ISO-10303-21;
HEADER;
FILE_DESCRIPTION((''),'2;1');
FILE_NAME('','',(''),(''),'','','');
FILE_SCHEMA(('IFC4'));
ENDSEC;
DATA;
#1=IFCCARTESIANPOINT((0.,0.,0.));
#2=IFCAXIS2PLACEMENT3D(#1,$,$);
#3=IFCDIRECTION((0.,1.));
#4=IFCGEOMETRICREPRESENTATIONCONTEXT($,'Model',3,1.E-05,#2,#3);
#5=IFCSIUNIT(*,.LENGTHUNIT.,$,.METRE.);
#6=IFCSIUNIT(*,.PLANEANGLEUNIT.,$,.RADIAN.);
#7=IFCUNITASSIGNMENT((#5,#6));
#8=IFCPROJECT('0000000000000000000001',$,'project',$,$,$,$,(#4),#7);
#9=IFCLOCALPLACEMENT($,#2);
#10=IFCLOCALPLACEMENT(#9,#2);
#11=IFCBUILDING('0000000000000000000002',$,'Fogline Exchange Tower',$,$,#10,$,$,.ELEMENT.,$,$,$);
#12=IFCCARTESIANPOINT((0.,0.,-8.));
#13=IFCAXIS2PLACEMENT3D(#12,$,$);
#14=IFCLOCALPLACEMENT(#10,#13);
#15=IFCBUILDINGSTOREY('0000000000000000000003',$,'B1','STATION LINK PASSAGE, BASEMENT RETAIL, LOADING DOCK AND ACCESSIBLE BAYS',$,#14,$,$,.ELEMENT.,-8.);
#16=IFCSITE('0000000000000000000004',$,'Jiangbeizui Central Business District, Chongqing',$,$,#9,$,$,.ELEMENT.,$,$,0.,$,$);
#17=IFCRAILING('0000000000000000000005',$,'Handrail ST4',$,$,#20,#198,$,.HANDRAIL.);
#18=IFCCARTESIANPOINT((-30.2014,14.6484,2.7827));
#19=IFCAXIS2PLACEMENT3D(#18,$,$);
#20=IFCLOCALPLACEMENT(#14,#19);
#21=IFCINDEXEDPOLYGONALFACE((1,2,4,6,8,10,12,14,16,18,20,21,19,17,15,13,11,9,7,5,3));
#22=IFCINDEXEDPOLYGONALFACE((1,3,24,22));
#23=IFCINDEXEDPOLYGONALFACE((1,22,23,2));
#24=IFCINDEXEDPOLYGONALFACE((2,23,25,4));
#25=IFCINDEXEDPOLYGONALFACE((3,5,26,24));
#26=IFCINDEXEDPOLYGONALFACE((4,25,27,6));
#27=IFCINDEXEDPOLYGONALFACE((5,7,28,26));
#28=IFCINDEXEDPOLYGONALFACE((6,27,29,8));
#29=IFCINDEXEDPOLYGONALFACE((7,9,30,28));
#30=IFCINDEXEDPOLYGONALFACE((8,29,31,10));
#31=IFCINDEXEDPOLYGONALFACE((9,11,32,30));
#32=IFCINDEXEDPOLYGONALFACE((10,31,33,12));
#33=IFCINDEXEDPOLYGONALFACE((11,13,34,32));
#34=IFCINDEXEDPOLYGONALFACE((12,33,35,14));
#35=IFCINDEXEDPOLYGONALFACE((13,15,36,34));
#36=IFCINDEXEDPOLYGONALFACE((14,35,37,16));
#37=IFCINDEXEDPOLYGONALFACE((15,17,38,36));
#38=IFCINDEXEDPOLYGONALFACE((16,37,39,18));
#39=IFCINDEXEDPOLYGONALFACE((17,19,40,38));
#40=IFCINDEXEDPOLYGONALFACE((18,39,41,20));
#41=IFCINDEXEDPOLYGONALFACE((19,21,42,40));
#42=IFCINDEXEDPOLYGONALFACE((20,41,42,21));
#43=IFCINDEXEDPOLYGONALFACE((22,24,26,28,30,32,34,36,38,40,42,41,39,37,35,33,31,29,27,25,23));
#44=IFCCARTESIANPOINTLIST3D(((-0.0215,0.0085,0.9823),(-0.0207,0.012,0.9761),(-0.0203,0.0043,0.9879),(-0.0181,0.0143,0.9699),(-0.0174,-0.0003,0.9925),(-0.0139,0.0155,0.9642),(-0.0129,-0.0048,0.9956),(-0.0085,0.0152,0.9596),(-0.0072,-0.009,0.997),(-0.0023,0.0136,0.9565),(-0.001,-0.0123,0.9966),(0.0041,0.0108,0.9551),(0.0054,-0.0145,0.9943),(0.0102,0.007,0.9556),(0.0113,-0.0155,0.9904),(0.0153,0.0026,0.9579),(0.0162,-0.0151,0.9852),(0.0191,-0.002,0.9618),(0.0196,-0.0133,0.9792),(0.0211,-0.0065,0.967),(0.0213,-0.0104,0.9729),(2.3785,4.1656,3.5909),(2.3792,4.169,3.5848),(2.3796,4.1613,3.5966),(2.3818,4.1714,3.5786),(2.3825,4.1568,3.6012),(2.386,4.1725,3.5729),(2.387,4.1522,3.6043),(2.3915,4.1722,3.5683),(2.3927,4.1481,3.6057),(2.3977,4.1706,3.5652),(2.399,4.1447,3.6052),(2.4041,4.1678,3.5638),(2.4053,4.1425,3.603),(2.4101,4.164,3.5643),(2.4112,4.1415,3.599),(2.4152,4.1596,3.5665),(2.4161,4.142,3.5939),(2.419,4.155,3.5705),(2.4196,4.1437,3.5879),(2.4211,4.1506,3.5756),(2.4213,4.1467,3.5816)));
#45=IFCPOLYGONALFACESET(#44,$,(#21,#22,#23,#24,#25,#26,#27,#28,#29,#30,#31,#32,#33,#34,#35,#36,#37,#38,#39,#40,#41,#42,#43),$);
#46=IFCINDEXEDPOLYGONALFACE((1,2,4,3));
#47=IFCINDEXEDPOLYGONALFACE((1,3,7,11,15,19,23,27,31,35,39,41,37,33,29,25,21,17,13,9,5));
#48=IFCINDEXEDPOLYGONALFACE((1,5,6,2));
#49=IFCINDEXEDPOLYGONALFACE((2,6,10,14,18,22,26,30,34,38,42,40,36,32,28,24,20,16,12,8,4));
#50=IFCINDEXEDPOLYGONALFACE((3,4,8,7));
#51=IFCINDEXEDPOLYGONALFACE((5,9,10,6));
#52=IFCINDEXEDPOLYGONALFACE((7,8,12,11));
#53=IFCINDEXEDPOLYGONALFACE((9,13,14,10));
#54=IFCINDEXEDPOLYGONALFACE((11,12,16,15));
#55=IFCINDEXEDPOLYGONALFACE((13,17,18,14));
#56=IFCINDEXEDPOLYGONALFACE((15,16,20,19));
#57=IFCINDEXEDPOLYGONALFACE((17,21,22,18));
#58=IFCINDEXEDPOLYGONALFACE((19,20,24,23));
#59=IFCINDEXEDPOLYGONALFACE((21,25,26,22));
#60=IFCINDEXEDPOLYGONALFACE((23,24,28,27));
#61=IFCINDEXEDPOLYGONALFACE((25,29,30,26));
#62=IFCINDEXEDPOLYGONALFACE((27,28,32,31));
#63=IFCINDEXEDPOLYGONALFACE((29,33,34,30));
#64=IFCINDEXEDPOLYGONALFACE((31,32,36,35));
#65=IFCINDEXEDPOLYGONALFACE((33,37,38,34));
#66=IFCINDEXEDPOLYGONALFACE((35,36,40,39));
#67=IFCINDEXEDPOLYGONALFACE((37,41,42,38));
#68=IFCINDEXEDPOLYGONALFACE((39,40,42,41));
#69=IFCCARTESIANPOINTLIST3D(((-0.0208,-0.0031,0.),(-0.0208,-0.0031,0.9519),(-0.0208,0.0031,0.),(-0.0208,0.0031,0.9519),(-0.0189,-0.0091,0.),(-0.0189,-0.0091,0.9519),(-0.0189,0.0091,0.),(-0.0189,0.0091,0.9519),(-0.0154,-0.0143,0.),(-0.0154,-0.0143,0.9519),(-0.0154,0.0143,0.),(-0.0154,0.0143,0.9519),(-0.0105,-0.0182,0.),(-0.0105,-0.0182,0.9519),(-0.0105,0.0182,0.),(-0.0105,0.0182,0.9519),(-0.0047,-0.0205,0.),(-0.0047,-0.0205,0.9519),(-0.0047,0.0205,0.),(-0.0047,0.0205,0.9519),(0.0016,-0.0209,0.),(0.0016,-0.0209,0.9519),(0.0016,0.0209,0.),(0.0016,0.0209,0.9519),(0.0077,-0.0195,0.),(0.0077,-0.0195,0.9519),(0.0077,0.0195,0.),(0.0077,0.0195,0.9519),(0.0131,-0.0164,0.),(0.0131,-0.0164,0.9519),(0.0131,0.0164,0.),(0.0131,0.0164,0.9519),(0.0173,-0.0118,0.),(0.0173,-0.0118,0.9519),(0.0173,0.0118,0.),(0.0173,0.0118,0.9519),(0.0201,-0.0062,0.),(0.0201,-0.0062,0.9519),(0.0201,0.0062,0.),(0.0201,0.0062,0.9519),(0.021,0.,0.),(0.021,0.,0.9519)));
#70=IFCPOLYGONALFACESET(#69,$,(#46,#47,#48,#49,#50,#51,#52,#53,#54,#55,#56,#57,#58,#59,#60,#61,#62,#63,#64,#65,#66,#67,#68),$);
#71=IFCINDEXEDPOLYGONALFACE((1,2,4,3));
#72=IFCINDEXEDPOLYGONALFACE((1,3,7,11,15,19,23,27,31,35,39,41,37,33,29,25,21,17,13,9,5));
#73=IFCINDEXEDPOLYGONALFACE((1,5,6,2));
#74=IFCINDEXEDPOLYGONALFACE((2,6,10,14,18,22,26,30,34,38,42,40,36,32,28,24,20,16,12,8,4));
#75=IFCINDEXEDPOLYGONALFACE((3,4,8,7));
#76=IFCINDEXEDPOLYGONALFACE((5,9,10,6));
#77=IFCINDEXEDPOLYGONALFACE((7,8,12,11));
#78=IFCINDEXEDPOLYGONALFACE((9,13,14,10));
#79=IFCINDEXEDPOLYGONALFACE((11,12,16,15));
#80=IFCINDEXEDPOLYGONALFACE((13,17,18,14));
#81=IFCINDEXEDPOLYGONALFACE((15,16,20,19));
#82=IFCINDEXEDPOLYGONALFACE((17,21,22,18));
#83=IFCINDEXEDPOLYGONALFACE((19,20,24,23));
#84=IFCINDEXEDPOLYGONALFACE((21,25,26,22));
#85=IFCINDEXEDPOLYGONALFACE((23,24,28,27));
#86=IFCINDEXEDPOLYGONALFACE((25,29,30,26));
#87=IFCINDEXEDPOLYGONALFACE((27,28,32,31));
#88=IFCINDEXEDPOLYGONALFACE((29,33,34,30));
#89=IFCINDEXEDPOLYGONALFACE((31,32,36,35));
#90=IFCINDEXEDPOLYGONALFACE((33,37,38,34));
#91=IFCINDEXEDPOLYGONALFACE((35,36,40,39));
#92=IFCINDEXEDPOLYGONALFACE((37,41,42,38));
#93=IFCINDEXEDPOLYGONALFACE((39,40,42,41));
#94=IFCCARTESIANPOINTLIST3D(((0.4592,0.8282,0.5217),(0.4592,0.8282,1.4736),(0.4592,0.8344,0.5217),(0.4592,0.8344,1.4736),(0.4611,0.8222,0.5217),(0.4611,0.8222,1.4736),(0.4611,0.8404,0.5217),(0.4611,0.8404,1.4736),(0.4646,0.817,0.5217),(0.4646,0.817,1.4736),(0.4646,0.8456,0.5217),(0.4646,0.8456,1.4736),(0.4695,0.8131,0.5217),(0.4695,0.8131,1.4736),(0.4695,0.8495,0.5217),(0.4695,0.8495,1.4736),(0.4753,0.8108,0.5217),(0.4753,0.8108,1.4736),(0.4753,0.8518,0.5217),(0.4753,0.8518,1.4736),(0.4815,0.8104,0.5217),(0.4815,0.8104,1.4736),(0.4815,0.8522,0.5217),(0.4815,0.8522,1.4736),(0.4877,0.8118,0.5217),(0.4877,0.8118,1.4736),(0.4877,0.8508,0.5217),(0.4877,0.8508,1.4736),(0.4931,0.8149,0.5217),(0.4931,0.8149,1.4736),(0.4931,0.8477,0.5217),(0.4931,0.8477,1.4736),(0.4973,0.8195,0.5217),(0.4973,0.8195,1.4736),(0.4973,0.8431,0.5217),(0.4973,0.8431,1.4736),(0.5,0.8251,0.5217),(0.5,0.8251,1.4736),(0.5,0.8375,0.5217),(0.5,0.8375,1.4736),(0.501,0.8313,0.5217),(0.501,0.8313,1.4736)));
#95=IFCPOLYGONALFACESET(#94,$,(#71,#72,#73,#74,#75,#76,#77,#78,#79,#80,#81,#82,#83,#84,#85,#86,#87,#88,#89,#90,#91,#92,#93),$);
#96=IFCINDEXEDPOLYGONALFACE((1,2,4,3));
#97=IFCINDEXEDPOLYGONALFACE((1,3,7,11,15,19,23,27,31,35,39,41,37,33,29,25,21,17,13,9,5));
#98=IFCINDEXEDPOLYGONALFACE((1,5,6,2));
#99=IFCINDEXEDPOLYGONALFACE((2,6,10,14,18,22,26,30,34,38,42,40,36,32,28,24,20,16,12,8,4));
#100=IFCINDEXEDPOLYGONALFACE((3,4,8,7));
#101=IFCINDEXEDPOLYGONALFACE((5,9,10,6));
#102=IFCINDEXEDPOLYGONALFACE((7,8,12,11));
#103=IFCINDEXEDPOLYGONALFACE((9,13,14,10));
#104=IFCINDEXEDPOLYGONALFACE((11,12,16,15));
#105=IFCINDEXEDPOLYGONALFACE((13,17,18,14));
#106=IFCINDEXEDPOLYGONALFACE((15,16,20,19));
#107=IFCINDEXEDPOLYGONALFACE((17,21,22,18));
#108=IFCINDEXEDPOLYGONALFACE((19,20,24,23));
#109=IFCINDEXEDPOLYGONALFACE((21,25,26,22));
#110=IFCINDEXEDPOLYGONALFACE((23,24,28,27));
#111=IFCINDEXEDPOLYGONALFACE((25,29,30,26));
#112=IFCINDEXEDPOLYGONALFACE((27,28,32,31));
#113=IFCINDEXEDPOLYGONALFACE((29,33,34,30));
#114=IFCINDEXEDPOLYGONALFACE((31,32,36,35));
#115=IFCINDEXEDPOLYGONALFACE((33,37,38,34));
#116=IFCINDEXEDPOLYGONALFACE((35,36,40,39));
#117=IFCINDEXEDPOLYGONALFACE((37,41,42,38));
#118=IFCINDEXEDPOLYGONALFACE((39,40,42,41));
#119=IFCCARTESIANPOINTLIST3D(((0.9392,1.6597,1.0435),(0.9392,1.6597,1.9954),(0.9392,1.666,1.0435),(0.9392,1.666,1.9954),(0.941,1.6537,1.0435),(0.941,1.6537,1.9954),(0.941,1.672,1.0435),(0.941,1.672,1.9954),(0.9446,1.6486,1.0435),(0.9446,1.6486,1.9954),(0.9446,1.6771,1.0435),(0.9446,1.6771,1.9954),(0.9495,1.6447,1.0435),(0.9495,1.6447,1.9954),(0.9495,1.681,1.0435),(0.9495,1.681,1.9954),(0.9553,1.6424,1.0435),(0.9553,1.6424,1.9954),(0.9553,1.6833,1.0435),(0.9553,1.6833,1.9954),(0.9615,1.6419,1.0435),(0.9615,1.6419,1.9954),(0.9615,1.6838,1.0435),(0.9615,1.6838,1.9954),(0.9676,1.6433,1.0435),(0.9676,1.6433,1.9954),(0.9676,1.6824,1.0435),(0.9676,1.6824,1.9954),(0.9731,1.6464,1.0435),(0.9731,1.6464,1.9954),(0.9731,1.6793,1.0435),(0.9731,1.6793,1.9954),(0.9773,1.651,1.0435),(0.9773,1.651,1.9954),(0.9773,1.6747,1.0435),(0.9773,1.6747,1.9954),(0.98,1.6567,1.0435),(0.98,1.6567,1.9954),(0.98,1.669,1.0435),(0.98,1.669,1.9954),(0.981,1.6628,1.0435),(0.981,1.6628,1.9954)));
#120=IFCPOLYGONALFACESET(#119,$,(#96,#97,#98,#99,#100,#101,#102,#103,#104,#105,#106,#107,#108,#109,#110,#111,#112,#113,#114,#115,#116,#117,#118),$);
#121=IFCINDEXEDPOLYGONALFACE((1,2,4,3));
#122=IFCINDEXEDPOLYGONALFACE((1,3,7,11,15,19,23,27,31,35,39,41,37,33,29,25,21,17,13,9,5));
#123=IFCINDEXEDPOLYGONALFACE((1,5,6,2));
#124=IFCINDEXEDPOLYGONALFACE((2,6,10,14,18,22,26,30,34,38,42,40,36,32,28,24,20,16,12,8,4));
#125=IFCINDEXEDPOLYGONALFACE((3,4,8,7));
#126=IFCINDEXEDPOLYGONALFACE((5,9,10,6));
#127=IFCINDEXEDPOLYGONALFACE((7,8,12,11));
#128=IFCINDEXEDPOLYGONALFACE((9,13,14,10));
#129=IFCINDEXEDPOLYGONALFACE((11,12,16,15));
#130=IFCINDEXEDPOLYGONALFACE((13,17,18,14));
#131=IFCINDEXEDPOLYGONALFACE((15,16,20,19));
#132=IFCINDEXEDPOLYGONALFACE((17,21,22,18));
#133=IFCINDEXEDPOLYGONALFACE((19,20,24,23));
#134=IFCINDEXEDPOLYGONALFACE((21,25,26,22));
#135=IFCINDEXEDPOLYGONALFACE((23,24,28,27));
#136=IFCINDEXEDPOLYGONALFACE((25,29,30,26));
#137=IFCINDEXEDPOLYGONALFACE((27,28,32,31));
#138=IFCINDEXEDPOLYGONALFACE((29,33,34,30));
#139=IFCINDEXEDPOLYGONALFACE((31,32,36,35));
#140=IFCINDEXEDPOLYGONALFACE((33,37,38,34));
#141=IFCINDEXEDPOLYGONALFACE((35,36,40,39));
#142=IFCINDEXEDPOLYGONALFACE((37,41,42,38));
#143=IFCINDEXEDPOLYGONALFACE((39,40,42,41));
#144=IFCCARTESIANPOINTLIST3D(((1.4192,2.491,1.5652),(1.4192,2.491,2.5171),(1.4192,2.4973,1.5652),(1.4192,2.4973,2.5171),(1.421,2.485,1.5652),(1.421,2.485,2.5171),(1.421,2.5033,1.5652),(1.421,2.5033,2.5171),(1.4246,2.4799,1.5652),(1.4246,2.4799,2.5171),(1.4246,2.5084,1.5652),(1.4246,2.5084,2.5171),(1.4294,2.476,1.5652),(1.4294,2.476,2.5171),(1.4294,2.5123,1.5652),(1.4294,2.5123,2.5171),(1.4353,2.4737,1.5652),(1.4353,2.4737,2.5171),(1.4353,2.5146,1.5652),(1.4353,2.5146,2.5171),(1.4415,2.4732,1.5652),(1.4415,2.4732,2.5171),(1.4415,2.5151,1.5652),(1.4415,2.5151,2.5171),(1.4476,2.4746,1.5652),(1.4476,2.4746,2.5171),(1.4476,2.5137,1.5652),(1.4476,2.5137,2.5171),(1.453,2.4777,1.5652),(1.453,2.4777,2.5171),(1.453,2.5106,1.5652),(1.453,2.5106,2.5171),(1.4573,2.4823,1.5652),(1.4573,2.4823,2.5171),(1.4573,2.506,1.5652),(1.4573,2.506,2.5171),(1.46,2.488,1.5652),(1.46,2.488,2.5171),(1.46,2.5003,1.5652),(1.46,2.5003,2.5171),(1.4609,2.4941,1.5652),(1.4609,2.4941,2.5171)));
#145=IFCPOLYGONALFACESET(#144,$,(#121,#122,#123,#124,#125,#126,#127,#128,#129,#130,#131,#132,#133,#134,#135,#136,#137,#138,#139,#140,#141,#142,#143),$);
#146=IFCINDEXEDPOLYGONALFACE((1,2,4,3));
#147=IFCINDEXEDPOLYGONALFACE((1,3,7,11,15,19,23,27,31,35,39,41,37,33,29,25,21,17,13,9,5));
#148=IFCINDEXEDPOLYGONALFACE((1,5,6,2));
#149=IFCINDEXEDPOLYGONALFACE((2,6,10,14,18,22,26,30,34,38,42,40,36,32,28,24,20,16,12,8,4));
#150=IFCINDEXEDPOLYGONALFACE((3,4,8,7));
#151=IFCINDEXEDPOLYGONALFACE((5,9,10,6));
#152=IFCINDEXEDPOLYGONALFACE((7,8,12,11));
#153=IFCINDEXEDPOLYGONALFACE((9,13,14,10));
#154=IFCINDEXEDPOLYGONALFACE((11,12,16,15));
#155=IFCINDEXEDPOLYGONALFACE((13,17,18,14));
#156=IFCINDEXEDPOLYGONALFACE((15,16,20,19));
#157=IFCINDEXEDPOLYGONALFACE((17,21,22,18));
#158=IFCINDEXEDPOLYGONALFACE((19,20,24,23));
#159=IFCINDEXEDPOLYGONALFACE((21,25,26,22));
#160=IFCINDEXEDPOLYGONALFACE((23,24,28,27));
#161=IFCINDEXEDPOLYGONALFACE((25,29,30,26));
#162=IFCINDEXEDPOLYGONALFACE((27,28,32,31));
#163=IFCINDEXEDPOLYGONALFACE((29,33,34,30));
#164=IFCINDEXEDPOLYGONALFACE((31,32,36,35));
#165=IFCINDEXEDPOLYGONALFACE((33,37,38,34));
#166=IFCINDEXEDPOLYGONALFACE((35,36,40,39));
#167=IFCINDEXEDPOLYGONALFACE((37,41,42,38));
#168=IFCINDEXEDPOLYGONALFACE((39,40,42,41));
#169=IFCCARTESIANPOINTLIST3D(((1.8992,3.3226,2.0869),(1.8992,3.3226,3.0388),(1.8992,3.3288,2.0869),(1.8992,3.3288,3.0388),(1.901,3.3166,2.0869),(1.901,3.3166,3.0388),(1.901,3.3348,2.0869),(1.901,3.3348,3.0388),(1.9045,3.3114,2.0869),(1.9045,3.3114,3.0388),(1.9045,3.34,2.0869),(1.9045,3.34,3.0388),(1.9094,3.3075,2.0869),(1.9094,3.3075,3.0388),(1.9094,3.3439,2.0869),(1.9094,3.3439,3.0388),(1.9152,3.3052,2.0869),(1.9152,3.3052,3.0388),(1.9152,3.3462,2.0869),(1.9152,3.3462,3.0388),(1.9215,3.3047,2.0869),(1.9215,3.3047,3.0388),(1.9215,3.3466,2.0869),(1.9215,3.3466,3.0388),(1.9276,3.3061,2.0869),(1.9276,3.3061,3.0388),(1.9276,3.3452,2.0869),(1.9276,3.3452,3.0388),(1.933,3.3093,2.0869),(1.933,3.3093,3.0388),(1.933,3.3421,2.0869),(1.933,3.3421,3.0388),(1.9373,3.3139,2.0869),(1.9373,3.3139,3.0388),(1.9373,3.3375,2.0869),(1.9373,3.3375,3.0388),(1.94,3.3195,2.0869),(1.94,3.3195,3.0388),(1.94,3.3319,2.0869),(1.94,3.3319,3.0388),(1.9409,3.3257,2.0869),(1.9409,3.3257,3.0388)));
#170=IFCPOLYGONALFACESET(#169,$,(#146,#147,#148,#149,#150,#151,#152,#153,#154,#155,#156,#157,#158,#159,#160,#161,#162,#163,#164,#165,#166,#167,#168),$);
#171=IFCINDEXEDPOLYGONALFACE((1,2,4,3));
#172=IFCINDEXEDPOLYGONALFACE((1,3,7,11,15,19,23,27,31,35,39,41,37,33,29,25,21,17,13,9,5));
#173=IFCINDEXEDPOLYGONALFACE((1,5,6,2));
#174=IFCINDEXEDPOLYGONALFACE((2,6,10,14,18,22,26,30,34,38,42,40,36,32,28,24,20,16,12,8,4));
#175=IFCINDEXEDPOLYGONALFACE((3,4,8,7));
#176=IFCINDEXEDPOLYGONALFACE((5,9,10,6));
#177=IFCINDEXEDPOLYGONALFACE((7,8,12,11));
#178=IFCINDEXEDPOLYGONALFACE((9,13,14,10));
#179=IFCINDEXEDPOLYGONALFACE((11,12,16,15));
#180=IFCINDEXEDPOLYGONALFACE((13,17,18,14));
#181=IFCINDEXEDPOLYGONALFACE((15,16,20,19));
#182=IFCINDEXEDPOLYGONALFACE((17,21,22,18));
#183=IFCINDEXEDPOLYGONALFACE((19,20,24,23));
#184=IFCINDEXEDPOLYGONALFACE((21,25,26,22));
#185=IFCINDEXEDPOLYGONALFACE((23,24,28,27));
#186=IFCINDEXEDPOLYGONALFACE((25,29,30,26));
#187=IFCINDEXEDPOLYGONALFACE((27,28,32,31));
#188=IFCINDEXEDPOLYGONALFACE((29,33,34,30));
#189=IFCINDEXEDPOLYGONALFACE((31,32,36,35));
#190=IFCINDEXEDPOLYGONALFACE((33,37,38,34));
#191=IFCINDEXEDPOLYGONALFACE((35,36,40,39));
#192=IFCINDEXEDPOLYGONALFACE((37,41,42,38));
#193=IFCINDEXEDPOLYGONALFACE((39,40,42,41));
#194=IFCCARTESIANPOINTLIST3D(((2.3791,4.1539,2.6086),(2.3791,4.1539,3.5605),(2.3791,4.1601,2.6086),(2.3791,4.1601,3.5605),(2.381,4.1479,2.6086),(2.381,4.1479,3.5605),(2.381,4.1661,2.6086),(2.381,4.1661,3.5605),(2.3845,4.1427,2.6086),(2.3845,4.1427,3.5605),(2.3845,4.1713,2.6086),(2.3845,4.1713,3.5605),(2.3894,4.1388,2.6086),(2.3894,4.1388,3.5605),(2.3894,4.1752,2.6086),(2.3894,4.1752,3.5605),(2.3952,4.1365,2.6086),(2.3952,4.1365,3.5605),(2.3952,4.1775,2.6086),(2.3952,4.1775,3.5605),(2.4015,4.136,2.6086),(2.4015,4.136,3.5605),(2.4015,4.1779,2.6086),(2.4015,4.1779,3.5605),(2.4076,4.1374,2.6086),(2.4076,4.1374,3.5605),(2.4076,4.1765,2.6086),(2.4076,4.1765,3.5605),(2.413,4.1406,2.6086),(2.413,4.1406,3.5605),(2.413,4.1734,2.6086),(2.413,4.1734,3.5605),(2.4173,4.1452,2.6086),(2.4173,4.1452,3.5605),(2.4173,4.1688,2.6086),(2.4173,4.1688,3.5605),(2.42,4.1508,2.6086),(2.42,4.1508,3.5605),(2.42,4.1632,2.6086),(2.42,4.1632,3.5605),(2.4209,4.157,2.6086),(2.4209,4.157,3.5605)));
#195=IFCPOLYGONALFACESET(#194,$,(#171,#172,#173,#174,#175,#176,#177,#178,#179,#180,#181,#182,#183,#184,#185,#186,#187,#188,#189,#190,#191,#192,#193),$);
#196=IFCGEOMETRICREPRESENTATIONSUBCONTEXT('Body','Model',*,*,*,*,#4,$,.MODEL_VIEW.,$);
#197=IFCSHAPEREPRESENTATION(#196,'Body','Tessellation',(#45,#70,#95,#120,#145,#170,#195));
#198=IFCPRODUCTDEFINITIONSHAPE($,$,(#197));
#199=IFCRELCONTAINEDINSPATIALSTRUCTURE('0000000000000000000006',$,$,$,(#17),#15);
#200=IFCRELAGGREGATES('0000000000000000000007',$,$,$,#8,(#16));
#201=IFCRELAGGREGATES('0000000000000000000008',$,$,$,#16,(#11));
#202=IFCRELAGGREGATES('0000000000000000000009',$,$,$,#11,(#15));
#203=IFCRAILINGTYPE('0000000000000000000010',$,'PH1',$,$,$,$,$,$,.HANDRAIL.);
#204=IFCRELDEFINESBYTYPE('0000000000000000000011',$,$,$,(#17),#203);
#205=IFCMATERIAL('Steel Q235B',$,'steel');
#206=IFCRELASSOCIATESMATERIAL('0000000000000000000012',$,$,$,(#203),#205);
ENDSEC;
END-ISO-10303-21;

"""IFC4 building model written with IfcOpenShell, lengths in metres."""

from ifc_helpers import new_model, si_unit, direction, frame, origin, origin_2d, place, context, subcontext, project, spatial, circle, extrude, material, type_object, element, save


model = new_model("IFC4")

# Units and contexts
model_context = context("Model", 3, precision=1e-05, world=origin(), true_north=direction((0.0, 1.0)))
body_context = subcontext(model_context, "Body", "Model", "MODEL_VIEW")
ifc_project = project(units=[si_unit("LENGTHUNIT", "METRE"), si_unit("PLANEANGLEUNIT", "RADIAN")], contexts=[model_context])

# Site, building, storey
site_placement = place(None, origin())
site = spatial("IfcSite", under=ifc_project, at=site_placement, Name="Jiangbeizui Central Business District, Chongqing", CompositionType="ELEMENT", RefElevation=0.0)
building_placement = place(site_placement, origin())
building = spatial("IfcBuilding", under=site, at=building_placement, Name="Fogline Exchange Tower", CompositionType="ELEMENT")
storey_placement = place(building_placement, frame((0.0, 0.0, -8.0)))
storey = spatial("IfcBuildingStorey", under=building, at=storey_placement, Name="B1", Description="STATION LINK PASSAGE, BASEMENT RETAIL, LOADING DOCK AND ACCESSIBLE BAYS", CompositionType="ELEMENT", Elevation=-8.0)

# Shared definitions
ifc_material_1 = material(Name="Steel Q235B", Category="steel")

# Railing
railing_type_1 = type_object("IfcRailingType", Name="PH1", PredefinedType="HANDRAIL", material=ifc_material_1)
for number, where, name in (
    (1, (-30.2014, 14.6484, 2.7827), "Handrail ST4"),
):
    element("IfcRailing", number, at=place(storey_placement, frame(where)), inside=storey, type_object=railing_type_1, Name=name, PredefinedType="HANDRAIL", context=body_context, shape_type="SweptSolid", body=[
        extrude(circle(Radius=0.0239, at=origin_2d()), frame((0.0, 0.0, 0.9761), z_axis=(0.439296, 0.760925, 0.477506), x_axis=(-0.866037, 0.499979, 0.0)), (0.0, 0.0, 1.0), 5.4631),
        extrude(circle(Radius=0.021, at=origin_2d()), origin(), (0.0, 0.0, 1.0), 0.9519),
        extrude(circle(Radius=0.021, at=origin_2d()), frame((0.48, 0.8313, 0.5217)), (0.0, 0.0, 1.0), 0.9519),
        extrude(circle(Radius=0.021, at=origin_2d()), frame((0.96, 1.6628, 1.0435)), (0.0, 0.0, 1.0), 0.9519),
        extrude(circle(Radius=0.021, at=origin_2d()), frame((1.4399, 2.4941, 1.5652)), (0.0, 0.0, 1.0), 0.9519),
        extrude(circle(Radius=0.021, at=origin_2d()), frame((1.9199, 3.3257, 2.0869)), (0.0, 0.0, 1.0), 0.9519),
        extrude(circle(Radius=0.021, at=origin_2d()), frame((2.3999, 4.157, 2.6086)), (0.0, 0.0, 1.0), 0.9519),
    ])

save(model, "model.ifc")
